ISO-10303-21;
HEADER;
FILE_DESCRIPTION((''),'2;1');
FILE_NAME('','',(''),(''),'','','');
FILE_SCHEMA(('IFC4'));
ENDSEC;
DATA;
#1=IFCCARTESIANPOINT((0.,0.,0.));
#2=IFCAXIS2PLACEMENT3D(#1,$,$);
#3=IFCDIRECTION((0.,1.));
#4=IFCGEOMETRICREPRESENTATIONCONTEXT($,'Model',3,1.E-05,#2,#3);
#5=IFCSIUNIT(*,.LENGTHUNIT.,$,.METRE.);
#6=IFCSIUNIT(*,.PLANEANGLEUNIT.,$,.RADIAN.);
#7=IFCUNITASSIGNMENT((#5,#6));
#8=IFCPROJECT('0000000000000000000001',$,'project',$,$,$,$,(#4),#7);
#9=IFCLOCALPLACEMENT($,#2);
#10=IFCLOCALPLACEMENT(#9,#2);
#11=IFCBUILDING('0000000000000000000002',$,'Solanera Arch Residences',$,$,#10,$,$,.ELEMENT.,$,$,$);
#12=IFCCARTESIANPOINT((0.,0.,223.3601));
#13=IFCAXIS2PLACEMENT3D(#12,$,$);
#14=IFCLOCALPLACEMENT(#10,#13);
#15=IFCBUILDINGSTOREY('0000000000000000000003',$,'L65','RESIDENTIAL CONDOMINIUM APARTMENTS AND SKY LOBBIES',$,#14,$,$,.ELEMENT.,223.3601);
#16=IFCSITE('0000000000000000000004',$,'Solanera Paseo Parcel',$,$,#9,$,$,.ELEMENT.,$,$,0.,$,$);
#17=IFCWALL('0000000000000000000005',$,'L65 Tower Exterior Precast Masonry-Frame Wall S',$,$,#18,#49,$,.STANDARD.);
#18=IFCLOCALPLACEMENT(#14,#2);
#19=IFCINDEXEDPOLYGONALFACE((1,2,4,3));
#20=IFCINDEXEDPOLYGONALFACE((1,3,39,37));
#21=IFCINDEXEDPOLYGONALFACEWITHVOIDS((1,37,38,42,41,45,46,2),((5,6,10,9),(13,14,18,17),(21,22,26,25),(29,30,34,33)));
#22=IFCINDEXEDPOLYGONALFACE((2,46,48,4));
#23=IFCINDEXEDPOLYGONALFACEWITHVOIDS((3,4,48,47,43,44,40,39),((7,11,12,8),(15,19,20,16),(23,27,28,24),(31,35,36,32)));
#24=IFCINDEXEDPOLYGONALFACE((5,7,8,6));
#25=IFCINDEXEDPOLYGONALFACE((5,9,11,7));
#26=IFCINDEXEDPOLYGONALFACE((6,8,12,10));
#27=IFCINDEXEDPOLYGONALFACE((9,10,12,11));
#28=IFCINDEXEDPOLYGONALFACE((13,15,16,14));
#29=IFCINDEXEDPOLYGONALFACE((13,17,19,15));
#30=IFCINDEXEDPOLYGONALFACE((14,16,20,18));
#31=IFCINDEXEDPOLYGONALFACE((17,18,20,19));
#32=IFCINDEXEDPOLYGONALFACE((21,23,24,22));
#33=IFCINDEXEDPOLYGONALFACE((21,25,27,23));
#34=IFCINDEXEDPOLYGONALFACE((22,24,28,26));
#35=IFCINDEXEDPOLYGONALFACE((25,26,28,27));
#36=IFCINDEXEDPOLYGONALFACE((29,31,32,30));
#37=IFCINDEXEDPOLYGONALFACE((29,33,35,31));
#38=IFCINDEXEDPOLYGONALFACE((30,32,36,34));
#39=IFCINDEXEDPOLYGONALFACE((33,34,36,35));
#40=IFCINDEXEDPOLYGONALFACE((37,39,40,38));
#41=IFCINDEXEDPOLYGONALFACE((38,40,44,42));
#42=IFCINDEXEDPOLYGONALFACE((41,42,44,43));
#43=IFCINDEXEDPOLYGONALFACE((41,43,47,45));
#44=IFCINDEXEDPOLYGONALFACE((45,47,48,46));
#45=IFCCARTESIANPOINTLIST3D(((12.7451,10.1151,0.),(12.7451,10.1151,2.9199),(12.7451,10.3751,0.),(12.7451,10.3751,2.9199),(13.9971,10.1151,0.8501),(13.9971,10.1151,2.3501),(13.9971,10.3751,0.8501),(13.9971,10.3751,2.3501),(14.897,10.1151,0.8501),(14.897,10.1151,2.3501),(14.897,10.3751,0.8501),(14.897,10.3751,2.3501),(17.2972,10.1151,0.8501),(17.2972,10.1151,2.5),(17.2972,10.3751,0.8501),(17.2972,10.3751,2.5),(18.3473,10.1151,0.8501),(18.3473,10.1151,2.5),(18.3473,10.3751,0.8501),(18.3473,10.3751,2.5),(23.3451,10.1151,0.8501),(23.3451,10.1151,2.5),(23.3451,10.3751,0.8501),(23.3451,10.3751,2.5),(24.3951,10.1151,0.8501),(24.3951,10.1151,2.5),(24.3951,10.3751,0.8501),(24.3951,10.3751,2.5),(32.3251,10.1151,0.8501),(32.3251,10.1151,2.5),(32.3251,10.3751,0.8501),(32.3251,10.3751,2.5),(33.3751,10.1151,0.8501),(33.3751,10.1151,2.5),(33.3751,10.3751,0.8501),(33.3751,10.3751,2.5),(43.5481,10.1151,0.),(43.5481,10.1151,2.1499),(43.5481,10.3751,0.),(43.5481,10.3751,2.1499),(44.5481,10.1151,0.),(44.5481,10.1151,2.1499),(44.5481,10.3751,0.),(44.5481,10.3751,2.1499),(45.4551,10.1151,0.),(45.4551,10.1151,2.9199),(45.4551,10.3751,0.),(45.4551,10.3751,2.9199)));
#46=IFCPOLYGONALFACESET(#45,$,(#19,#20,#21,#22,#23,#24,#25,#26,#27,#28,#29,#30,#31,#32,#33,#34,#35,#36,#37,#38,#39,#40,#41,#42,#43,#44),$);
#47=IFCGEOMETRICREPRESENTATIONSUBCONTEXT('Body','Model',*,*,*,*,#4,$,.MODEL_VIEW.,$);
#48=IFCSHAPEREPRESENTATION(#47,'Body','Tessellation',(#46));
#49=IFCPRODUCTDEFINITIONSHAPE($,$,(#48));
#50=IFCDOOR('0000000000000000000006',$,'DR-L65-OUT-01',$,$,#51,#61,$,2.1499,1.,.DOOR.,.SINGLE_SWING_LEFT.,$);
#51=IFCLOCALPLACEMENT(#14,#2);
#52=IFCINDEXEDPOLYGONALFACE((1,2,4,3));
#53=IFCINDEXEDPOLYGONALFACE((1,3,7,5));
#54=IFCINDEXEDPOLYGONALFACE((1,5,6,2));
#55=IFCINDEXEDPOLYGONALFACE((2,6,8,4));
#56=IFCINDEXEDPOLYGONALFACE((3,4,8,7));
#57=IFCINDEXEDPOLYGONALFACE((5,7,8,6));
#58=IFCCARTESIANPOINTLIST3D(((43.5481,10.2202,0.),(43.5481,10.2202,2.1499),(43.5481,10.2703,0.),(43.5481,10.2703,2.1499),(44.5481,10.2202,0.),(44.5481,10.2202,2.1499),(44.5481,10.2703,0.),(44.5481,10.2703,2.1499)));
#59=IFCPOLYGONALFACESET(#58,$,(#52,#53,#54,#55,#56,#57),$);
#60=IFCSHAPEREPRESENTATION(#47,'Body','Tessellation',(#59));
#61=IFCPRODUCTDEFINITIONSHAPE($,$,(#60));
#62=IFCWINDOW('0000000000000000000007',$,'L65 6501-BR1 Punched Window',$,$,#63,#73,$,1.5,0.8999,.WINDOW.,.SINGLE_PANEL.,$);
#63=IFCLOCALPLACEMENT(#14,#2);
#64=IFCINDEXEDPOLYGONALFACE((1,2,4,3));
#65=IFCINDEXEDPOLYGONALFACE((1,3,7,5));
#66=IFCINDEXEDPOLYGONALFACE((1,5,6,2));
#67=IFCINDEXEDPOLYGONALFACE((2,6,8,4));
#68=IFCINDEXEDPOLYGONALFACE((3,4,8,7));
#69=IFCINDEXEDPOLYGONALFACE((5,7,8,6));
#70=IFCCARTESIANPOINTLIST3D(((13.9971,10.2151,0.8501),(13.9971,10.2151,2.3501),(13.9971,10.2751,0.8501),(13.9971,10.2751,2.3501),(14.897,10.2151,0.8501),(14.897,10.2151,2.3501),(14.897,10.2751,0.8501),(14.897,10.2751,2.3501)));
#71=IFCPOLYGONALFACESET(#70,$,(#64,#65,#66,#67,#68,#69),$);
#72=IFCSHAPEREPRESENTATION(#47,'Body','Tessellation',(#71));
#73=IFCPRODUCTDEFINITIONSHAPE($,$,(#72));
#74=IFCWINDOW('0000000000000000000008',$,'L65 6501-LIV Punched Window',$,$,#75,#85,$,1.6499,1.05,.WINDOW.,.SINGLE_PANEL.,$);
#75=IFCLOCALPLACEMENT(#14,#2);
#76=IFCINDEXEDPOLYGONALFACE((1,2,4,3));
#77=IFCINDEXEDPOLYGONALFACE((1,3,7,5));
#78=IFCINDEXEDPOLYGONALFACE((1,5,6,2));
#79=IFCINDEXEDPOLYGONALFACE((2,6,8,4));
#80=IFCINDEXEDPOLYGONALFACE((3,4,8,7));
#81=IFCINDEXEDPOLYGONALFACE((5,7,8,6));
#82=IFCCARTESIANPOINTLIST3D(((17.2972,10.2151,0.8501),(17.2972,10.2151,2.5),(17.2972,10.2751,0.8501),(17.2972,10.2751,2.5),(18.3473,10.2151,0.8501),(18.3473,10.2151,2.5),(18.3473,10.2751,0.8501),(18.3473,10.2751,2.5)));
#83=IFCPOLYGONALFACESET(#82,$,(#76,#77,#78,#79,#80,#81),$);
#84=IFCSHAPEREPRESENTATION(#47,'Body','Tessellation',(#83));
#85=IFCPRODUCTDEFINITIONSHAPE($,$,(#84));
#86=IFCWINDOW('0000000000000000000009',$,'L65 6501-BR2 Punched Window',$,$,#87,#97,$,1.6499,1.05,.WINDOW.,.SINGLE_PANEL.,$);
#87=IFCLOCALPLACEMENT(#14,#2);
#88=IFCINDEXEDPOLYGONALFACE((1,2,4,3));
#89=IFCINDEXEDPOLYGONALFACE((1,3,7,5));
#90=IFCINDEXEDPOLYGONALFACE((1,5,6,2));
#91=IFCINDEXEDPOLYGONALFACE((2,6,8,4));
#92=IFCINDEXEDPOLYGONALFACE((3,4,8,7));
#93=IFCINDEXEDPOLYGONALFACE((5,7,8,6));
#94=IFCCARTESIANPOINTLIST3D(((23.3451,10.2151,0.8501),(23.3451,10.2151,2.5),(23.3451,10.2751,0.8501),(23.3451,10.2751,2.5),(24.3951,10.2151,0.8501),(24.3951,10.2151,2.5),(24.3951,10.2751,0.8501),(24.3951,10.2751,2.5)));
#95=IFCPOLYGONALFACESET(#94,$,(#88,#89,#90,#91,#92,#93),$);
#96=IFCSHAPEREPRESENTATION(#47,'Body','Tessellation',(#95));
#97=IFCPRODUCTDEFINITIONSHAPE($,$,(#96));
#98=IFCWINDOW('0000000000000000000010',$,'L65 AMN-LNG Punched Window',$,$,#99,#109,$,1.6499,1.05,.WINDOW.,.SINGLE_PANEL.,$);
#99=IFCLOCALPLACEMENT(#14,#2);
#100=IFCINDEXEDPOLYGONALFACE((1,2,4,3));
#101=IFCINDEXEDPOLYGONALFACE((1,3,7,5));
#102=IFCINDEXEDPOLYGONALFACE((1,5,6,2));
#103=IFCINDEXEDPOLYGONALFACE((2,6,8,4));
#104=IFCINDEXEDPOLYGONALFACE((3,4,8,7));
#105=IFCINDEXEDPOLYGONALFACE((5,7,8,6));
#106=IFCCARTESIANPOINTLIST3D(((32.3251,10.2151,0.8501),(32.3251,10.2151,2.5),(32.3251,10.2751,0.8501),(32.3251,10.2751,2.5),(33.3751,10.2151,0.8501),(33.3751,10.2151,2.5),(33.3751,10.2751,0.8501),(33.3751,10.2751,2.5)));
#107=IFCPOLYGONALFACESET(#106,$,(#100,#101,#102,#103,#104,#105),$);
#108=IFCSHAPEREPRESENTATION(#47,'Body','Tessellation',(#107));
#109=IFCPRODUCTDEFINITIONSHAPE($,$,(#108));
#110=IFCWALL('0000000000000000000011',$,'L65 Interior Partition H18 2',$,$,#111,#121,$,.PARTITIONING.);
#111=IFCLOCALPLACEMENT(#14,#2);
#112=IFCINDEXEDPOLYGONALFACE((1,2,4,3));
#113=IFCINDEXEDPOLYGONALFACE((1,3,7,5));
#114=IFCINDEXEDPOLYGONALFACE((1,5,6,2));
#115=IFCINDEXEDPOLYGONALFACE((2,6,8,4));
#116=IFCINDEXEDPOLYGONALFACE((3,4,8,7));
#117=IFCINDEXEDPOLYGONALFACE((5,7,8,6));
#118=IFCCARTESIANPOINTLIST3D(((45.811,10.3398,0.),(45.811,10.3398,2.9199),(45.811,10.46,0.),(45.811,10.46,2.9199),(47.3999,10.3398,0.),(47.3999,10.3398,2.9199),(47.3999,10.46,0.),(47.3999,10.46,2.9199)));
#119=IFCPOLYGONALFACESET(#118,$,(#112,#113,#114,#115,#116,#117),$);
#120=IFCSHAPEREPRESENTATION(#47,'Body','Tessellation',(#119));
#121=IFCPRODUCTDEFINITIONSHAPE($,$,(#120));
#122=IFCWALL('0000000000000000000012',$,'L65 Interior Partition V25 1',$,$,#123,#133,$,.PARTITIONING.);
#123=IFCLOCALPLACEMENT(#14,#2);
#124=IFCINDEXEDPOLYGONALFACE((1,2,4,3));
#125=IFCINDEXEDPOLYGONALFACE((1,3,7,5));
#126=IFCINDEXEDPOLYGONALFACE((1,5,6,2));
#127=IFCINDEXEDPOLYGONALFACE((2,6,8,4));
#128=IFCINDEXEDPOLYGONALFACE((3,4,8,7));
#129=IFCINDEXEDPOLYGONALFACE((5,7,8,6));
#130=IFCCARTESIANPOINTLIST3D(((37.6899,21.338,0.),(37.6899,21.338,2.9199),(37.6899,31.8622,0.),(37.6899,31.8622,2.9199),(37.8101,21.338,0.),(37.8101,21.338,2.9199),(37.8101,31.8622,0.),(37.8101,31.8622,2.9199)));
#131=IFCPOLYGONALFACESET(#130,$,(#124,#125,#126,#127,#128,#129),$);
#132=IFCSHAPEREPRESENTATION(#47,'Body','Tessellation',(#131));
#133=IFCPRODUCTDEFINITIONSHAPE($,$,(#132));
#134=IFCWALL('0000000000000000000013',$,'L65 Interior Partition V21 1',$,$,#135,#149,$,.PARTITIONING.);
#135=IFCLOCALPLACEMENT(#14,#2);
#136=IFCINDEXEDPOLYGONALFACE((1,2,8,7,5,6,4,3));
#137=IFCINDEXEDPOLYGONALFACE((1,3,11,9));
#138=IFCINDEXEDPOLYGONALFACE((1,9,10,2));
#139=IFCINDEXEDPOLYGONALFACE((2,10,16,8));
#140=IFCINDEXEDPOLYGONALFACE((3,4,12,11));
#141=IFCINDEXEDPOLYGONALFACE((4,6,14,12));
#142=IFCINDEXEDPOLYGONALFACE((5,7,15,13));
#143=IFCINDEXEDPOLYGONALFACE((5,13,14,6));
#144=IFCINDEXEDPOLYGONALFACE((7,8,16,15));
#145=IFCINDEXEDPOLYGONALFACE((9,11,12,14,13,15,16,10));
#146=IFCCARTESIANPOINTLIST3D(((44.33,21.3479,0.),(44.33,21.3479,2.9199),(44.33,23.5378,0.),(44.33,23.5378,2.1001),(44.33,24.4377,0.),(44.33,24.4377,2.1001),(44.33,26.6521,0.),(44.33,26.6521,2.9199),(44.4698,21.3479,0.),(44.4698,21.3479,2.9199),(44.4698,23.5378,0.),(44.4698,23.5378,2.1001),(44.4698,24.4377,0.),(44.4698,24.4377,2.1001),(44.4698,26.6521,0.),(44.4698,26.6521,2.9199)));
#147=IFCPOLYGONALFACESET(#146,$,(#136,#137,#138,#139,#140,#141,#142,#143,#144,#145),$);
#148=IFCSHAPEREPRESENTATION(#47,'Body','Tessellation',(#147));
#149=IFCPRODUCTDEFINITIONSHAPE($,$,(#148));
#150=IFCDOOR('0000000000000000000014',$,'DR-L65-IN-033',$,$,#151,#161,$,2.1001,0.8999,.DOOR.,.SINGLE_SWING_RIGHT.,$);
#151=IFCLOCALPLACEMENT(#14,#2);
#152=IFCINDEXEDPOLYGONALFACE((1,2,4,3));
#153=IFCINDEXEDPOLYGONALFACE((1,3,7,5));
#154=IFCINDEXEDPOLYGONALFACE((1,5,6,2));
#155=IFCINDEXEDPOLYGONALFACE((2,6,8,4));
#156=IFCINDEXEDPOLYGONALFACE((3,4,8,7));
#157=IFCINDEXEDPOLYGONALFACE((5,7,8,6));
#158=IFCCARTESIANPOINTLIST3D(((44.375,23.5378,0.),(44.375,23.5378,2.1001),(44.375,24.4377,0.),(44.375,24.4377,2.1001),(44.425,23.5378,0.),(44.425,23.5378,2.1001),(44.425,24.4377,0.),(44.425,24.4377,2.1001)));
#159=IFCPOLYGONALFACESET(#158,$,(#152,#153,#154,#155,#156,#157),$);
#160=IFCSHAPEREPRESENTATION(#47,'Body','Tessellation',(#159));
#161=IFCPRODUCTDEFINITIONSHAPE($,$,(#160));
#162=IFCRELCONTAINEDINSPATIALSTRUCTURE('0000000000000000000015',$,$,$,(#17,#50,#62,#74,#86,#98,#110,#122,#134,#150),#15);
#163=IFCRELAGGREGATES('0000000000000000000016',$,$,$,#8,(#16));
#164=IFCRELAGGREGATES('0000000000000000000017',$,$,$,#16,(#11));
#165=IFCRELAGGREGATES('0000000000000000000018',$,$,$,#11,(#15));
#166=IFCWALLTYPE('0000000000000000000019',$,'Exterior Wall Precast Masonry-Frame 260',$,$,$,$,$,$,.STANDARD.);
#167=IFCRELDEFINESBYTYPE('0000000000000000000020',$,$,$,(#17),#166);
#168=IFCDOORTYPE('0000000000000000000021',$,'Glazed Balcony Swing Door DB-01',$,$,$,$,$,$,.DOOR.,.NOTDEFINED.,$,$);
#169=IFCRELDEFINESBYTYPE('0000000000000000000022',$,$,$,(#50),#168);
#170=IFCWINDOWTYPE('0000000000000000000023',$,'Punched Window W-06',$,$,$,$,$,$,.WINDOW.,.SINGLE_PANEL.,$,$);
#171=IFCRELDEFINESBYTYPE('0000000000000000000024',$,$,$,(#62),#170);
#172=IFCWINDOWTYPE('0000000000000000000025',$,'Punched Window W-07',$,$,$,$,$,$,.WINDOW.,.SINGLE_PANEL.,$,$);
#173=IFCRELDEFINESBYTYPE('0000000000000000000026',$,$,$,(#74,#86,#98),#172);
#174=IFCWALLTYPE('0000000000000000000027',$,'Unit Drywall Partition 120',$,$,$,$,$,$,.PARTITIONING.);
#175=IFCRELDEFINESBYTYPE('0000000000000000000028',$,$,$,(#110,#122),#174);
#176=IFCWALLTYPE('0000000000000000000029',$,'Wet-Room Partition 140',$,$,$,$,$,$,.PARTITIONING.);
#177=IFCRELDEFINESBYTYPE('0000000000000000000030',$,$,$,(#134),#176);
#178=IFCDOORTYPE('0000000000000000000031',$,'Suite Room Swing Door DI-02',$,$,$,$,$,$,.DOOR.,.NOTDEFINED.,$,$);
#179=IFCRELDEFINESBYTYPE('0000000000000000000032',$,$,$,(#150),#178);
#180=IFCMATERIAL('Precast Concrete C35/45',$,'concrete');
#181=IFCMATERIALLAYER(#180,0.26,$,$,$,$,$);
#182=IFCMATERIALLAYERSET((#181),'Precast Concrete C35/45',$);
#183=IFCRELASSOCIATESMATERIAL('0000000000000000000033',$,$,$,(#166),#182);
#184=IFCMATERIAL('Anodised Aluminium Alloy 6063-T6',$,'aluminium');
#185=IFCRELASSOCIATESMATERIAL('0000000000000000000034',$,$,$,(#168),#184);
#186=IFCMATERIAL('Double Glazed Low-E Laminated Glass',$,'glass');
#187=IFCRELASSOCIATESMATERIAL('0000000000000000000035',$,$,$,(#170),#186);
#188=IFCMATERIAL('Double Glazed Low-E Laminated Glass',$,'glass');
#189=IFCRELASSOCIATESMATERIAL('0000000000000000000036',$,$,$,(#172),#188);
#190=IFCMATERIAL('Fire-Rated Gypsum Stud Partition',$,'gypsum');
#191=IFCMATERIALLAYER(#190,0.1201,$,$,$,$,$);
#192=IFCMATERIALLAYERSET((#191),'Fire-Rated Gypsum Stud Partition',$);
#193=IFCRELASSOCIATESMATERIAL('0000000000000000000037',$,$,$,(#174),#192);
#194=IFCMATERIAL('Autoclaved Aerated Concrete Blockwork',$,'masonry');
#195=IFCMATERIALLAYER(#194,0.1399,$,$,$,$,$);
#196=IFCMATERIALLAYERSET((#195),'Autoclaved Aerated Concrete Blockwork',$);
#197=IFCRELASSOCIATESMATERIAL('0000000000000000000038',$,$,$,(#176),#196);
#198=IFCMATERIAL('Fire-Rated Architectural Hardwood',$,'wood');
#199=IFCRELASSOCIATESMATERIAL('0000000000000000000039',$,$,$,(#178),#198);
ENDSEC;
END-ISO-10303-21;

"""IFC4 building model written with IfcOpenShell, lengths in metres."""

from ifc_helpers import new_model, si_unit, direction, frame, frame_2d, origin, place, context, subcontext, project, spatial, rectangle, extrude, material, layer, layer_set, type_object, element, fill, save


model = new_model("IFC4")

# Units and contexts
model_context = context("Model", 3, precision=1e-05, world=origin(), true_north=direction((0.0, 1.0)))
body_context = subcontext(model_context, "Body", "Model", "MODEL_VIEW")
ifc_project = project(units=[si_unit("LENGTHUNIT", "METRE"), si_unit("PLANEANGLEUNIT", "RADIAN")], contexts=[model_context])

# Site, building, storey
site_placement = place(None, origin())
site = spatial("IfcSite", under=ifc_project, at=site_placement, Name="Solanera Paseo Parcel", CompositionType="ELEMENT", RefElevation=0.0)
building_placement = place(site_placement, origin())
building = spatial("IfcBuilding", under=site, at=building_placement, Name="Solanera Arch Residences", CompositionType="ELEMENT")
storey_placement = place(building_placement, frame((0.0, 0.0, 223.3601)))
storey = spatial("IfcBuildingStorey", under=building, at=storey_placement, Name="L65", Description="RESIDENTIAL CONDOMINIUM APARTMENTS AND SKY LOBBIES", CompositionType="ELEMENT", Elevation=223.3601)

# Shared definitions
ifc_material_1 = material(Name="Precast Concrete C35/45", Category="concrete")
ifc_layer_1 = layer(ifc_material_1, 0.26)
ifc_layer_set_1 = layer_set([ifc_layer_1], Name="Precast Concrete C35/45")
wall_type_1 = type_object("IfcWallType", Name="Exterior Wall Precast Masonry-Frame 260", PredefinedType="STANDARD", material=ifc_layer_set_1)

# Wall, openings, door, windows
wall_1_placement = place(storey_placement, frame((45.4551, 10.2451, 0.0), z_axis=(0.0, 0.0, 1.0), x_axis=(-1.0, 0.0, 0.0)))
wall_1 = element("IfcWall", 1, at=wall_1_placement, inside=storey, type_object=wall_type_1, Name="L65 Tower Exterior Precast Masonry-Frame Wall S", PredefinedType="STANDARD", context=body_context, shape_type="SweptSolid", body=[
    extrude(rectangle(XDim=32.71, YDim=0.26, at=frame_2d((16.355, 0.0))), origin(), (0.0, 0.0, 1.0), 2.9199),
])
opening_1_placement = place(wall_1_placement, frame((0.907, 0.0, 0.0)))
opening_1 = element("IfcOpeningElement", 2, at=opening_1_placement, cuts=wall_1, PredefinedType="OPENING", context=body_context, shape_type="SweptSolid", body=[
    extrude(rectangle(XDim=1.0, YDim=2.1499, at=frame_2d((0.5, 1.075))), frame((0.0, 0.1399, 0.0), z_axis=(0.0, -1.0, 0.0), x_axis=(1.0, 0.0, 0.0)), (0.0, 0.0, 1.0), 0.28),
])
opening_2_placement = place(wall_1_placement, frame((27.1079, 0.0, 0.8501)))
opening_2 = element("IfcOpeningElement", 3, at=opening_2_placement, cuts=wall_1, PredefinedType="OPENING", context=body_context, shape_type="SweptSolid", body=[
    extrude(rectangle(XDim=1.05, YDim=1.6499, at=frame_2d((0.5249, 0.825))), frame((0.0, 0.1399, 0.0), z_axis=(0.0, -1.0, 0.0), x_axis=(1.0, 0.0, 0.0)), (0.0, 0.0, 1.0), 0.28),
])
opening_3_placement = place(wall_1_placement, frame((30.5581, 0.0, 0.8501)))
opening_3 = element("IfcOpeningElement", 4, at=opening_3_placement, cuts=wall_1, PredefinedType="OPENING", context=body_context, shape_type="SweptSolid", body=[
    extrude(rectangle(XDim=0.8999, YDim=1.5, at=frame_2d((0.45, 0.75))), frame((0.0, 0.1399, 0.0), z_axis=(0.0, -1.0, 0.0), x_axis=(1.0, 0.0, 0.0)), (0.0, 0.0, 1.0), 0.28),
])
opening_4_placement = place(wall_1_placement, frame((21.0601, 0.0, 0.8501)))
opening_4 = element("IfcOpeningElement", 5, at=opening_4_placement, cuts=wall_1, PredefinedType="OPENING", context=body_context, shape_type="SweptSolid", body=[
    extrude(rectangle(XDim=1.05, YDim=1.6499, at=frame_2d((0.5249, 0.825))), frame((0.0, 0.1399, 0.0), z_axis=(0.0, -1.0, 0.0), x_axis=(1.0, 0.0, 0.0)), (0.0, 0.0, 1.0), 0.28),
])
opening_5_placement = place(wall_1_placement, frame((12.0801, 0.0, 0.8501)))
opening_5 = element("IfcOpeningElement", 6, at=opening_5_placement, cuts=wall_1, PredefinedType="OPENING", context=body_context, shape_type="SweptSolid", body=[
    extrude(rectangle(XDim=1.05, YDim=1.6499, at=frame_2d((0.5249, 0.825))), frame((0.0, 0.1399, 0.0), z_axis=(0.0, -1.0, 0.0), x_axis=(1.0, 0.0, 0.0)), (0.0, 0.0, 1.0), 0.28),
])
ifc_material_2 = material(Name="Anodised Aluminium Alloy 6063-T6", Category="aluminium")
door_type_1 = type_object("IfcDoorType", Name="Glazed Balcony Swing Door DB-01", OperationType="NOTDEFINED", PredefinedType="DOOR", material=ifc_material_2)
door_1_placement = place(opening_1_placement, origin())
door_1 = element("IfcDoor", 7, at=door_1_placement, inside=storey, type_object=door_type_1, Name="DR-L65-OUT-01", OperationType="SINGLE_SWING_LEFT", OverallHeight=2.1499, OverallWidth=1.0, PredefinedType="DOOR", context=body_context, shape_type="SweptSolid", body=[
    extrude(rectangle(XDim=1.0, YDim=2.1499, at=frame_2d((0.5, 1.075))), frame((0.0, 0.0249, 0.0), z_axis=(0.0, -1.0, 0.0), x_axis=(1.0, 0.0, 0.0)), (0.0, 0.0, 1.0), 0.05),
])
fill(opening_1, door_1)
ifc_material_3 = material(Name="Double Glazed Low-E Laminated Glass", Category="glass")
window_type_1 = type_object("IfcWindowType", Name="Punched Window W-06", PartitioningType="SINGLE_PANEL", PredefinedType="WINDOW", material=ifc_material_3)
window_1_placement = place(opening_3_placement, origin())
window_1 = element("IfcWindow", 8, at=window_1_placement, inside=storey, type_object=window_type_1, Name="L65 6501-BR1 Punched Window", OverallHeight=1.5, OverallWidth=0.8999, PartitioningType="SINGLE_PANEL", PredefinedType="WINDOW", context=body_context, shape_type="SweptSolid", body=[
    extrude(rectangle(XDim=0.8999, YDim=1.5, at=frame_2d((0.45, 0.75))), frame((0.0, 0.03, 0.0), z_axis=(0.0, -1.0, 0.0), x_axis=(1.0, 0.0, 0.0)), (0.0, 0.0, 1.0), 0.0601),
])
fill(opening_3, window_1)
ifc_material_4 = material(Name="Double Glazed Low-E Laminated Glass", Category="glass")
window_type_2 = type_object("IfcWindowType", Name="Punched Window W-07", PartitioningType="SINGLE_PANEL", PredefinedType="WINDOW", material=ifc_material_4)
window_2_placement = place(opening_2_placement, origin())
window_2 = element("IfcWindow", 9, at=window_2_placement, inside=storey, type_object=window_type_2, Name="L65 6501-LIV Punched Window", OverallHeight=1.6499, OverallWidth=1.05, PartitioningType="SINGLE_PANEL", PredefinedType="WINDOW", context=body_context, shape_type="SweptSolid", body=[
    extrude(rectangle(XDim=1.05, YDim=1.6499, at=frame_2d((0.5249, 0.825))), frame((0.0, 0.03, 0.0), z_axis=(0.0, -1.0, 0.0), x_axis=(1.0, 0.0, 0.0)), (0.0, 0.0, 1.0), 0.0601),
])
fill(opening_2, window_2)
window_3_placement = place(opening_4_placement, origin())
window_3 = element("IfcWindow", 10, at=window_3_placement, inside=storey, type_object=window_type_2, Name="L65 6501-BR2 Punched Window", OverallHeight=1.6499, OverallWidth=1.05, PartitioningType="SINGLE_PANEL", PredefinedType="WINDOW", context=body_context, shape_type="SweptSolid", body=[
    extrude(rectangle(XDim=1.05, YDim=1.6499, at=frame_2d((0.5249, 0.825))), frame((0.0, 0.03, 0.0), z_axis=(0.0, -1.0, 0.0), x_axis=(1.0, 0.0, 0.0)), (0.0, 0.0, 1.0), 0.0601),
])
fill(opening_4, window_3)
window_4_placement = place(opening_5_placement, origin())
window_4 = element("IfcWindow", 11, at=window_4_placement, inside=storey, type_object=window_type_2, Name="L65 AMN-LNG Punched Window", OverallHeight=1.6499, OverallWidth=1.05, PartitioningType="SINGLE_PANEL", PredefinedType="WINDOW", context=body_context, shape_type="SweptSolid", body=[
    extrude(rectangle(XDim=1.05, YDim=1.6499, at=frame_2d((0.5249, 0.825))), frame((0.0, 0.03, 0.0), z_axis=(0.0, -1.0, 0.0), x_axis=(1.0, 0.0, 0.0)), (0.0, 0.0, 1.0), 0.0601),
])
fill(opening_5, window_4)

# Walls
ifc_material_5 = material(Name="Fire-Rated Gypsum Stud Partition", Category="gypsum")
ifc_layer_2 = layer(ifc_material_5, 0.1201)
ifc_layer_set_2 = layer_set([ifc_layer_2], Name="Fire-Rated Gypsum Stud Partition")
wall_type_2 = type_object("IfcWallType", Name="Unit Drywall Partition 120", PredefinedType="PARTITIONING", material=ifc_layer_set_2)
wall_2_placement = place(storey_placement, frame((45.811, 10.3999, 0.0), z_axis=(0.0, 0.0, 1.0), x_axis=(1.0, 0.0, 0.0)))
element("IfcWall", 12, at=wall_2_placement, inside=storey, type_object=wall_type_2, Name="L65 Interior Partition H18 2", PredefinedType="PARTITIONING", context=body_context, shape_type="SweptSolid", body=[
    extrude(rectangle(XDim=1.5889, YDim=0.1201, at=frame_2d((0.7944, 0.0))), origin(), (0.0, 0.0, 1.0), 2.9199),
])
wall_3_placement = place(storey_placement, frame((37.75, 21.3379, 0.0), z_axis=(0.0, 0.0, 1.0), x_axis=(0.0, 1.0, 0.0)))
element("IfcWall", 13, at=wall_3_placement, inside=storey, type_object=wall_type_2, Name="L65 Interior Partition V25 1", PredefinedType="PARTITIONING", context=body_context, shape_type="SweptSolid", body=[
    extrude(rectangle(XDim=10.5242, YDim=0.1201, at=frame_2d((5.2622, 0.0))), origin(), (0.0, 0.0, 1.0), 2.9199),
])

# Wall, opening, door
ifc_material_6 = material(Name="Autoclaved Aerated Concrete Blockwork", Category="masonry")
ifc_layer_3 = layer(ifc_material_6, 0.1399)
ifc_layer_set_3 = layer_set([ifc_layer_3], Name="Autoclaved Aerated Concrete Blockwork")
wall_type_3 = type_object("IfcWallType", Name="Wet-Room Partition 140", PredefinedType="PARTITIONING", material=ifc_layer_set_3)
wall_4_placement = place(storey_placement, frame((44.3999, 21.3479, 0.0), z_axis=(0.0, 0.0, 1.0), x_axis=(0.0, 1.0, 0.0)))
wall_4 = element("IfcWall", 14, at=wall_4_placement, inside=storey, type_object=wall_type_3, Name="L65 Interior Partition V21 1", PredefinedType="PARTITIONING", context=body_context, shape_type="SweptSolid", body=[
    extrude(rectangle(XDim=5.3042, YDim=0.1399, at=frame_2d((2.6521, 0.0))), origin(), (0.0, 0.0, 1.0), 2.9199),
])
opening_6_placement = place(wall_4_placement, frame((2.1899, 0.0, 0.0)))
opening_6 = element("IfcOpeningElement", 15, at=opening_6_placement, cuts=wall_4, PredefinedType="OPENING", context=body_context, shape_type="SweptSolid", body=[
    extrude(rectangle(XDim=0.8999, YDim=2.1001, at=frame_2d((0.45, 1.05))), frame((0.0, 0.0798, 0.0), z_axis=(0.0, -1.0, 0.0), x_axis=(1.0, 0.0, 0.0)), (0.0, 0.0, 1.0), 0.1599),
])
ifc_material_7 = material(Name="Fire-Rated Architectural Hardwood", Category="wood")
door_type_2 = type_object("IfcDoorType", Name="Suite Room Swing Door DI-02", OperationType="NOTDEFINED", PredefinedType="DOOR", material=ifc_material_7)
door_2_placement = place(opening_6_placement, origin())
door_2 = element("IfcDoor", 16, at=door_2_placement, inside=storey, type_object=door_type_2, Name="DR-L65-IN-033", OperationType="SINGLE_SWING_RIGHT", OverallHeight=2.1001, OverallWidth=0.8999, PredefinedType="DOOR", context=body_context, shape_type="SweptSolid", body=[
    extrude(rectangle(XDim=0.8999, YDim=2.1001, at=frame_2d((0.45, 1.05))), frame((0.0, 0.0249, 0.0), z_axis=(0.0, -1.0, 0.0), x_axis=(1.0, 0.0, 0.0)), (0.0, 0.0, 1.0), 0.05),
])
fill(opening_6, door_2)

save(model, "model.ifc")
